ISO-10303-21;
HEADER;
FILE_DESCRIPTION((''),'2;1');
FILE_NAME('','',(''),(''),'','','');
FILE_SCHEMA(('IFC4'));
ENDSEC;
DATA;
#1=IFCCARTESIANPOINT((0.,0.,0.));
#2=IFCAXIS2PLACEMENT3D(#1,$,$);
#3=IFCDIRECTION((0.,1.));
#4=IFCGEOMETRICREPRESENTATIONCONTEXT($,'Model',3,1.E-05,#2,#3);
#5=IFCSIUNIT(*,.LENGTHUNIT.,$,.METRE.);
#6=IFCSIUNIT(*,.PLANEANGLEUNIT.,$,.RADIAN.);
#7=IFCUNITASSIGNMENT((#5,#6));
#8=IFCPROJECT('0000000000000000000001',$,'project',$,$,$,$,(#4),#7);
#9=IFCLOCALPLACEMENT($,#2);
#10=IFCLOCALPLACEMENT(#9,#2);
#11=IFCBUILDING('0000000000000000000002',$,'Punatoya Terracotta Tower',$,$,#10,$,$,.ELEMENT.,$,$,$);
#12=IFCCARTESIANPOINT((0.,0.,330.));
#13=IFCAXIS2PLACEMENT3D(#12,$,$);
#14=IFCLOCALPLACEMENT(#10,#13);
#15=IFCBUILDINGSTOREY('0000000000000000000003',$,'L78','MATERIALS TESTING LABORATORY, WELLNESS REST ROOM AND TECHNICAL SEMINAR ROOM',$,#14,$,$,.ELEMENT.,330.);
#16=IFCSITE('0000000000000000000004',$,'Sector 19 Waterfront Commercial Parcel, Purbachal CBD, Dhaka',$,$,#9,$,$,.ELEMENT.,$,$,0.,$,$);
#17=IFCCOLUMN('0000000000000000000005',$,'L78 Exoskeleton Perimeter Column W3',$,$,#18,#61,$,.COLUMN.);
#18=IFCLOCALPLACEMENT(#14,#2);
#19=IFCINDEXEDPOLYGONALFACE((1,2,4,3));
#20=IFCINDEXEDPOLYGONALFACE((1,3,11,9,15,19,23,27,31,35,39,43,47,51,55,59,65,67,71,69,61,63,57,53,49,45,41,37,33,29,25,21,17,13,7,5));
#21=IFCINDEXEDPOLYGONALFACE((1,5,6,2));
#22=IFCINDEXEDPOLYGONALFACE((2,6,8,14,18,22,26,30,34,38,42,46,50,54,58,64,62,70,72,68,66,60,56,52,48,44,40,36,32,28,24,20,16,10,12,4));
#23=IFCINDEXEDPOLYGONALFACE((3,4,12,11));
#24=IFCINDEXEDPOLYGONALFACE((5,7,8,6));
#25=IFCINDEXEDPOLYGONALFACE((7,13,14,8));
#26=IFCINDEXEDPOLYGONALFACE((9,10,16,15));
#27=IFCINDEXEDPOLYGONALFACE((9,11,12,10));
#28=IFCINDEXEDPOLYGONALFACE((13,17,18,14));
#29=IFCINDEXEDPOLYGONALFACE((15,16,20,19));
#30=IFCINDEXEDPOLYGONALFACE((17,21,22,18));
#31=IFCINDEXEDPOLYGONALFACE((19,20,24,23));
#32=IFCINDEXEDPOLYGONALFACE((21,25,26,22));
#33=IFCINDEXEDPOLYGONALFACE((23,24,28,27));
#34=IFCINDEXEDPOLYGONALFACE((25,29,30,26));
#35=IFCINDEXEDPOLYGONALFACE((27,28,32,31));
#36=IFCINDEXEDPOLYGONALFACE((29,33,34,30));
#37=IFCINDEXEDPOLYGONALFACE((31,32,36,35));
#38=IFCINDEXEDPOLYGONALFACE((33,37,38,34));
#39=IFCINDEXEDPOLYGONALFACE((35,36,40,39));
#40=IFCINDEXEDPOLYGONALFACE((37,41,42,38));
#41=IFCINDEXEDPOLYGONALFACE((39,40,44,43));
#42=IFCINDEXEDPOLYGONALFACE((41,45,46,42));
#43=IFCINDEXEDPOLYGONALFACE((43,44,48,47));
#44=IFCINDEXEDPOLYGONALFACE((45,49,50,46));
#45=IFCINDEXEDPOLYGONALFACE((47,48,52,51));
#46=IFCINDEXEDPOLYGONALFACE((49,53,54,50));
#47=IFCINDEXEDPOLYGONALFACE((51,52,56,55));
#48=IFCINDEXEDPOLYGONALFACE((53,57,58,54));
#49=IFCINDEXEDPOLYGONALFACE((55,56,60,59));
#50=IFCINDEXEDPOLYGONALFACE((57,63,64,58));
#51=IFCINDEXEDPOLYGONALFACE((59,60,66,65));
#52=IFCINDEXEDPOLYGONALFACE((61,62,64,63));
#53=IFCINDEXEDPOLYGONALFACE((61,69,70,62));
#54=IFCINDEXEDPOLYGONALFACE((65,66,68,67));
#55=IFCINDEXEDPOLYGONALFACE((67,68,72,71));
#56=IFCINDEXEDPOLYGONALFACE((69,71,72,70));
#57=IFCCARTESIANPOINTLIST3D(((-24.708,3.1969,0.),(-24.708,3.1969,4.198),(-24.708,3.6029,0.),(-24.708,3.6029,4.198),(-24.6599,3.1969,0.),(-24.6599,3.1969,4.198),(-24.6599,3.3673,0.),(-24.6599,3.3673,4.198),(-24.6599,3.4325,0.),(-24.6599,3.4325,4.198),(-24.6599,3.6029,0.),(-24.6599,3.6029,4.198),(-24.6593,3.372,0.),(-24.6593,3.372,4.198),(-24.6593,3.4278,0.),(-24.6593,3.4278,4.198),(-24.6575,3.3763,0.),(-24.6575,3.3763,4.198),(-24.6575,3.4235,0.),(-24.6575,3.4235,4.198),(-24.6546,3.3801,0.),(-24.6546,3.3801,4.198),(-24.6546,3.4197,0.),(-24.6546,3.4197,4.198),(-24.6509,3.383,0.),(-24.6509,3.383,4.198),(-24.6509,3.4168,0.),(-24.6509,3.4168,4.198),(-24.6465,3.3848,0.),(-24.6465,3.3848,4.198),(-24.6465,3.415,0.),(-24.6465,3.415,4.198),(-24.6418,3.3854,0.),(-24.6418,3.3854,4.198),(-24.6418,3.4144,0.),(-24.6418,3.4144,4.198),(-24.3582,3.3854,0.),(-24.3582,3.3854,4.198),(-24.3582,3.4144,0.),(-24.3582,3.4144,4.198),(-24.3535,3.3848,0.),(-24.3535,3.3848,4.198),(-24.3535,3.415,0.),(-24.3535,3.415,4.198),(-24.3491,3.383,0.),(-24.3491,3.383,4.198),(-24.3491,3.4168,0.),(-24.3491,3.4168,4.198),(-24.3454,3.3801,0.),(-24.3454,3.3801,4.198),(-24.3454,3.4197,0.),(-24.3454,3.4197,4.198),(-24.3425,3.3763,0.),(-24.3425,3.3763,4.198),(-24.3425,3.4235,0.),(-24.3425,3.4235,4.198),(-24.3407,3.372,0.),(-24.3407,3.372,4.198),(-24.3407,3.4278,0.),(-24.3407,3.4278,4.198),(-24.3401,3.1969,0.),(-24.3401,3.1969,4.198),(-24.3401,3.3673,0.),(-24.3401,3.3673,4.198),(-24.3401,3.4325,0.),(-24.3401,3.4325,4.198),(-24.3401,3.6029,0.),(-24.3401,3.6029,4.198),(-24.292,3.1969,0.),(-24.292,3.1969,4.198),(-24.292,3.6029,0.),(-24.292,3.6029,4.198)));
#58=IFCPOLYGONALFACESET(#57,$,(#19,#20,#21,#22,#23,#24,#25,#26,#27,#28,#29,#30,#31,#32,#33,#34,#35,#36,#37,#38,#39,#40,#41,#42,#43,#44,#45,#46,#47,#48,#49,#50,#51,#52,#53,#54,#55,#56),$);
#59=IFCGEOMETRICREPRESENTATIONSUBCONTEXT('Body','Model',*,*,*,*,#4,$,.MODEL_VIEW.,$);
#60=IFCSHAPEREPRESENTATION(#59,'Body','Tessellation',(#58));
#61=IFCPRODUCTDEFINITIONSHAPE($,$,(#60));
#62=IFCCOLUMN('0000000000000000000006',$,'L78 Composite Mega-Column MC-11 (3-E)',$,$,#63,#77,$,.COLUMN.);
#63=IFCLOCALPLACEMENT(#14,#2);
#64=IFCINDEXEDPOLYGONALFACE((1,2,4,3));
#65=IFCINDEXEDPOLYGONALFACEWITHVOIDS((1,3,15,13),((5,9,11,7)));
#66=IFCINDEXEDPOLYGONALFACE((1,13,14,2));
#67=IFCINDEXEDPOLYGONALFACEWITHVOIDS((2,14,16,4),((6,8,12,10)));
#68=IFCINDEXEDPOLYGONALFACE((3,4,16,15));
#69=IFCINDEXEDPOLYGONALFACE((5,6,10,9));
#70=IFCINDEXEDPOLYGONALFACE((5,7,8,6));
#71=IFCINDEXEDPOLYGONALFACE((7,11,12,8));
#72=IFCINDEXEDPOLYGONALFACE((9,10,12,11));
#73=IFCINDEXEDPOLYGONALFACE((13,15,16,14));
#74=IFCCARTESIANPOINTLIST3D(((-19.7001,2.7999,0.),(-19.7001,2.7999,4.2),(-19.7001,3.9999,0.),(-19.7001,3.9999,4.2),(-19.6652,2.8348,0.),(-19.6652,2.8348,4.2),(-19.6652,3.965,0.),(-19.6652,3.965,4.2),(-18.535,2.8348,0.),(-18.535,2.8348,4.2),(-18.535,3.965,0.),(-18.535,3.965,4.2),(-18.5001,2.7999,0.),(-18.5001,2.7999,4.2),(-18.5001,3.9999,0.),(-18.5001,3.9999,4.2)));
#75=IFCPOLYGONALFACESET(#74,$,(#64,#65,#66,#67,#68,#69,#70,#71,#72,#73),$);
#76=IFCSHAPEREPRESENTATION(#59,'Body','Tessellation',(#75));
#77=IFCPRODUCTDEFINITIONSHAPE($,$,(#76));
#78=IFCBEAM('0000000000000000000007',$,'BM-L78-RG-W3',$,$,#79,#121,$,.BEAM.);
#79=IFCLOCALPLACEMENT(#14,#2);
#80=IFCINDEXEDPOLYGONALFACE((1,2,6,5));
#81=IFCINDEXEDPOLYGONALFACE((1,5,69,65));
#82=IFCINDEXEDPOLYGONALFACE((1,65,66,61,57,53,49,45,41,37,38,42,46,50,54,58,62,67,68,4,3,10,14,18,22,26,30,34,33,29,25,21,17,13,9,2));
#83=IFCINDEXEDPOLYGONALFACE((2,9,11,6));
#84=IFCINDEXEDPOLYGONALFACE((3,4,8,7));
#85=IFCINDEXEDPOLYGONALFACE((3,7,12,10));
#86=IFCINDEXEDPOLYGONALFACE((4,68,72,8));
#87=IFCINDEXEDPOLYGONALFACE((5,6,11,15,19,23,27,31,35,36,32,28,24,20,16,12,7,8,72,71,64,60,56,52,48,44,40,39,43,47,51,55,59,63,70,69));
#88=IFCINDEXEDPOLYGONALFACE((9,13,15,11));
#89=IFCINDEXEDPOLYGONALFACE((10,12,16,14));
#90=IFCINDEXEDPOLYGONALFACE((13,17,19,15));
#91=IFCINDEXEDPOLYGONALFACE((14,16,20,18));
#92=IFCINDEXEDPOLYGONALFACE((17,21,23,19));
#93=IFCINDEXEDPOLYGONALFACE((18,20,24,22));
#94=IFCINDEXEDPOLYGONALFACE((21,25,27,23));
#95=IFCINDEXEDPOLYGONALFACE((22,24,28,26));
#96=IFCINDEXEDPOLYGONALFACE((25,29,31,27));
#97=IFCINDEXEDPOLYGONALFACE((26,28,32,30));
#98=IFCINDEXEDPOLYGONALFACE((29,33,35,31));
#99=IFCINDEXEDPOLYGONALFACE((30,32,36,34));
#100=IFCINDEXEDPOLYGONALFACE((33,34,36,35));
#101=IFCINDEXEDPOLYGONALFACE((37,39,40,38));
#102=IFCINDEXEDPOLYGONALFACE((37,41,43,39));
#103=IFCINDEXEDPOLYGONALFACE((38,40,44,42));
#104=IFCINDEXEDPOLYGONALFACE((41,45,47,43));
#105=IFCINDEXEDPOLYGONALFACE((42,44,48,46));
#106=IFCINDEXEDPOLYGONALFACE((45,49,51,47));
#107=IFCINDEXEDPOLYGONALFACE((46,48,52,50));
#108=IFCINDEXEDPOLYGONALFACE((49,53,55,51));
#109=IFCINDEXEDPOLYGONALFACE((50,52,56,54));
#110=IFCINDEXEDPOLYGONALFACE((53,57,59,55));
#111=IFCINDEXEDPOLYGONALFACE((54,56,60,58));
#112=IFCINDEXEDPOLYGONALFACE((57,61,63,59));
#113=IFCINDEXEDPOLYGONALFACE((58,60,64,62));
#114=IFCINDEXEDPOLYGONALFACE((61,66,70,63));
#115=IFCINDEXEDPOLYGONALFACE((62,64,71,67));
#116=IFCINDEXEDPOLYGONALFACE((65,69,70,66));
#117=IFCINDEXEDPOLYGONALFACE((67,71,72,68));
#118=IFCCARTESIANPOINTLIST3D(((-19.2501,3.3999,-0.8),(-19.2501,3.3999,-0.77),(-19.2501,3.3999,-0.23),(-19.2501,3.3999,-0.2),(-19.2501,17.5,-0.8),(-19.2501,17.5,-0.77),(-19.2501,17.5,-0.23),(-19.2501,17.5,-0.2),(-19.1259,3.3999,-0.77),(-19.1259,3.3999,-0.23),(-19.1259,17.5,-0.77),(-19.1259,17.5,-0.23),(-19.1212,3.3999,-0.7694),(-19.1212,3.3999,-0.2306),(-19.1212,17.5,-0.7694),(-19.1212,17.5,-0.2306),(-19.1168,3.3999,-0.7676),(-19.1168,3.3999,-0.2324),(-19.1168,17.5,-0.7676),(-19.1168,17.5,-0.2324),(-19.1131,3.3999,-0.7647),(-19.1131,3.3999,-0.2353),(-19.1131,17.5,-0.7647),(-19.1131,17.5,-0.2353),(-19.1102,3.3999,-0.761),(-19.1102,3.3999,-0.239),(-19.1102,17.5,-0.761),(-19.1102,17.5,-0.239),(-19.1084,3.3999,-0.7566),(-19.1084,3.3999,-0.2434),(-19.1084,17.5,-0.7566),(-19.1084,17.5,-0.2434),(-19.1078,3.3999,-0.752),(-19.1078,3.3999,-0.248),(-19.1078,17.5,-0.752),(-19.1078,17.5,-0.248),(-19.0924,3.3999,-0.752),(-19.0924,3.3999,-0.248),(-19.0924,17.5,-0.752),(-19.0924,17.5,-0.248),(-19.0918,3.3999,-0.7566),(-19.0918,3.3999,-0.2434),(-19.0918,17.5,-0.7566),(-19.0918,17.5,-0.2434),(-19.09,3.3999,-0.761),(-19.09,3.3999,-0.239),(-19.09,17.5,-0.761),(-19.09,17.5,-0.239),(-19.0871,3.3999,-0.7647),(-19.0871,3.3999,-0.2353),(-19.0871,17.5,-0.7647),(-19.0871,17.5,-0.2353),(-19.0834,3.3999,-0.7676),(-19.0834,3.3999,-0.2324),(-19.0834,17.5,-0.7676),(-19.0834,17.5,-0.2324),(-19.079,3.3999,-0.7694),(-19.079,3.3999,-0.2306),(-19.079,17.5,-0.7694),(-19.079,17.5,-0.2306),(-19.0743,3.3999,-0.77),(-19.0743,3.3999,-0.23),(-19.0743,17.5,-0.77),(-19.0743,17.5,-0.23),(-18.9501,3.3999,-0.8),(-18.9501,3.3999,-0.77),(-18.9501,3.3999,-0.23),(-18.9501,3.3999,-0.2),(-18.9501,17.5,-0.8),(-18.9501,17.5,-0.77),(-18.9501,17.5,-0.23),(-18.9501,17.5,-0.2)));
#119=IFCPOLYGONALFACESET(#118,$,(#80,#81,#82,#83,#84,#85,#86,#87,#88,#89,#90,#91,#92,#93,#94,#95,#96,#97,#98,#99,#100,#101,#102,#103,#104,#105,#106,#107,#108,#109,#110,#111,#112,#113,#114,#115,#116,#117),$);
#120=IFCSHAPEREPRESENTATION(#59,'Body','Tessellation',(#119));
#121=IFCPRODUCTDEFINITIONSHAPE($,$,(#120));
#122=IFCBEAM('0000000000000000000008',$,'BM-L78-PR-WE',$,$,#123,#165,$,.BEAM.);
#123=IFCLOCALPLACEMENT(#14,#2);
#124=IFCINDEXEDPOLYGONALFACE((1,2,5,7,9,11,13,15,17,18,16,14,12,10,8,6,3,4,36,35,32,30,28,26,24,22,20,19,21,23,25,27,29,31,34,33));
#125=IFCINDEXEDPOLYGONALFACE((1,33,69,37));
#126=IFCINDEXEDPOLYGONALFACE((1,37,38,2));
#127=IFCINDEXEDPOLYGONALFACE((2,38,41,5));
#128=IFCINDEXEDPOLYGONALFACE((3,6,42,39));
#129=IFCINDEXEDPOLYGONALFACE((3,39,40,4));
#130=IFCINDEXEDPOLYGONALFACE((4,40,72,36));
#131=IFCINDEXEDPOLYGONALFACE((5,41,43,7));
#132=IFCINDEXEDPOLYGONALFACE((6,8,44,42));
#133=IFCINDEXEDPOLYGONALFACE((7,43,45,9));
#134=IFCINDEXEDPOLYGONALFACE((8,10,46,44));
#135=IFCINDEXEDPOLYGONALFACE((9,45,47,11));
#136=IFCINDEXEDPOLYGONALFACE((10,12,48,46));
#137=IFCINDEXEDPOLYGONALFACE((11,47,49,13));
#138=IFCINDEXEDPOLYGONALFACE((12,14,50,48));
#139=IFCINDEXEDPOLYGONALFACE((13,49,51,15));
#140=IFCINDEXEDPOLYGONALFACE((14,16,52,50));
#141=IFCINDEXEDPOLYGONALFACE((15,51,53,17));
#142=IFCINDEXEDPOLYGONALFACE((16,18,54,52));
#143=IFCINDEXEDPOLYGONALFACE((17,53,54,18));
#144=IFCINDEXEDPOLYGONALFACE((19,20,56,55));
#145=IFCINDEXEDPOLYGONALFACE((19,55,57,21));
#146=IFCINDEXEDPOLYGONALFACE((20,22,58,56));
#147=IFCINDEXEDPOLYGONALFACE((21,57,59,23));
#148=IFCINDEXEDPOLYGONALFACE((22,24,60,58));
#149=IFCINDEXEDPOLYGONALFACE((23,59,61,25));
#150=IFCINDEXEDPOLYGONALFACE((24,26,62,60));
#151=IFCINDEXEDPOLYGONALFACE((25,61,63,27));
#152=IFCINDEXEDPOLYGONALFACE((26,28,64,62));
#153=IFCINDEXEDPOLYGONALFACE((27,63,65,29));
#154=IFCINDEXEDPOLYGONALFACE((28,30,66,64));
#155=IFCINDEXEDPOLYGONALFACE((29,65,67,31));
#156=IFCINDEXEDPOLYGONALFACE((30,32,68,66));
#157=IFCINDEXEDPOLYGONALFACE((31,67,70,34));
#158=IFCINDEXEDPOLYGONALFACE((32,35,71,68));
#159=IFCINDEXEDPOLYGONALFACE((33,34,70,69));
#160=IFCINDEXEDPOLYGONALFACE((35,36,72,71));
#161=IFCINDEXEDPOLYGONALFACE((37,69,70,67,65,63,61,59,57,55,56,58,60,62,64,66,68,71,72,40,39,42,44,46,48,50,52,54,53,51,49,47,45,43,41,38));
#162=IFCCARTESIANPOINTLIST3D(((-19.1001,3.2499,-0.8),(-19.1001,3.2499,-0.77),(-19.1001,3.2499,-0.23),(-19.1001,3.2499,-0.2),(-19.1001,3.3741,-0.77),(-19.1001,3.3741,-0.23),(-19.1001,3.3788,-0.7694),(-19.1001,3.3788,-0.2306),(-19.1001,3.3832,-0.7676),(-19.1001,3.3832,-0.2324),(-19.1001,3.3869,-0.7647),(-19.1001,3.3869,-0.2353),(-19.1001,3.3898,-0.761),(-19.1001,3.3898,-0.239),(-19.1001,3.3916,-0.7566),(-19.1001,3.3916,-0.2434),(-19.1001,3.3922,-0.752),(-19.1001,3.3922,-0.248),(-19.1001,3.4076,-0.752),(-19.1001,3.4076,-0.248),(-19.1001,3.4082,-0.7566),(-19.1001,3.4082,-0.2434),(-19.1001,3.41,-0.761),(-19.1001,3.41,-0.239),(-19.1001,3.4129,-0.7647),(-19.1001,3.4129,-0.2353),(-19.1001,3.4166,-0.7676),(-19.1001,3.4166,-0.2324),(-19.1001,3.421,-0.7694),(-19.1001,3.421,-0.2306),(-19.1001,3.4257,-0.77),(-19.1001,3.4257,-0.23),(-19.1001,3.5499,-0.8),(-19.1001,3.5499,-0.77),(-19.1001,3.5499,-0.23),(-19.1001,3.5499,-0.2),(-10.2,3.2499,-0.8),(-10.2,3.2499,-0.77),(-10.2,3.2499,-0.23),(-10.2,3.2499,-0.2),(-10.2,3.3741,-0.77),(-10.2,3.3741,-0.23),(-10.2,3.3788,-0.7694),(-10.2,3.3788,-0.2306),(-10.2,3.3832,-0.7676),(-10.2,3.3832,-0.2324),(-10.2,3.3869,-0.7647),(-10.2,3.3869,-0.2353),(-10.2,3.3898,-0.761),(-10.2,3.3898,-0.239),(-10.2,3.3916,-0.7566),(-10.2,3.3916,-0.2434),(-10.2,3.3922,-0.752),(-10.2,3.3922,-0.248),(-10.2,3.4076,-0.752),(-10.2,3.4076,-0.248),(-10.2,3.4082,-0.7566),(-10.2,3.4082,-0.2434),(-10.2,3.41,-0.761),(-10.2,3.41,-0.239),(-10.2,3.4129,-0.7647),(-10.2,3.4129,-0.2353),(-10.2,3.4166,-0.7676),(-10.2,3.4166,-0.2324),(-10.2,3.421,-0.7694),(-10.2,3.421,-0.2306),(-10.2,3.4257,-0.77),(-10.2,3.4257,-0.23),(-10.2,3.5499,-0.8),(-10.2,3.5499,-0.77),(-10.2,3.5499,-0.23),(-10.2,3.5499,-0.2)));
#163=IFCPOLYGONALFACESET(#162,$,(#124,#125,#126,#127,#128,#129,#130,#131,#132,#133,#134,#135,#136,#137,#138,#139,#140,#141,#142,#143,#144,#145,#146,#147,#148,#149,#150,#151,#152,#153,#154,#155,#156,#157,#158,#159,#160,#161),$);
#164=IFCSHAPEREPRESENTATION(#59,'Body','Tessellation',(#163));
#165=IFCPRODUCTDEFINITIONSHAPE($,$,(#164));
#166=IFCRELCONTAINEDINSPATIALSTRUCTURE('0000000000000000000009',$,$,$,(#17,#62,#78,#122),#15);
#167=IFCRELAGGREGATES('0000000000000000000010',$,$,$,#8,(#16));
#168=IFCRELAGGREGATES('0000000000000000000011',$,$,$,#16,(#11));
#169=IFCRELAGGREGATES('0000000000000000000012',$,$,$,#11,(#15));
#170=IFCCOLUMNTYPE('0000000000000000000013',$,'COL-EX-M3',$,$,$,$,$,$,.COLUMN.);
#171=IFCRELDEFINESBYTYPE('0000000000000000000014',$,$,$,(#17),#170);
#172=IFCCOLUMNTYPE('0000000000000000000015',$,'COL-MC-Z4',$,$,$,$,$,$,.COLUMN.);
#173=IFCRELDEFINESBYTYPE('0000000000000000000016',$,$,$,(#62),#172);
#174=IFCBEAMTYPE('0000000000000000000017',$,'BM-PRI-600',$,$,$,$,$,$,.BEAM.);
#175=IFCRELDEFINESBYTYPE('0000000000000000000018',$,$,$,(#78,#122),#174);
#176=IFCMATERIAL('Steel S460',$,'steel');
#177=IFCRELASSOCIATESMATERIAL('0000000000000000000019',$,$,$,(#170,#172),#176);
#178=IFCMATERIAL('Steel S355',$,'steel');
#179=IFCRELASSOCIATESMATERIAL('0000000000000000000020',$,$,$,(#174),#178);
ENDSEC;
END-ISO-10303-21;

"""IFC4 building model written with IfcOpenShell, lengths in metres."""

from ifc_helpers import new_model, si_unit, direction, frame, origin, origin_2d, place, context, subcontext, project, spatial, hollow_rectangle, i_section, extrude, material, material_profile, profile_set, type_object, element, save


model = new_model("IFC4")

# Units and contexts
model_context = context("Model", 3, precision=1e-05, world=origin(), true_north=direction((0.0, 1.0)))
body_context = subcontext(model_context, "Body", "Model", "MODEL_VIEW")
ifc_project = project(units=[si_unit("LENGTHUNIT", "METRE"), si_unit("PLANEANGLEUNIT", "RADIAN")], contexts=[model_context])

# Site, building, storey
site_placement = place(None, origin())
site = spatial("IfcSite", under=ifc_project, at=site_placement, Name="Sector 19 Waterfront Commercial Parcel, Purbachal CBD, Dhaka", CompositionType="ELEMENT", RefElevation=0.0)
building_placement = place(site_placement, origin())
building = spatial("IfcBuilding", under=site, at=building_placement, Name="Punatoya Terracotta Tower", CompositionType="ELEMENT")
storey_placement = place(building_placement, frame((0.0, 0.0, 330.0)))
storey = spatial("IfcBuildingStorey", under=building, at=storey_placement, Name="L78", Description="MATERIALS TESTING LABORATORY, WELLNESS REST ROOM AND TECHNICAL SEMINAR ROOM", CompositionType="ELEMENT", Elevation=330.0)

# Columns
ifc_material_1 = material(Name="Steel S460", Category="steel")
ifc_material_profile_1 = material_profile(ifc_material_1, i_section(OverallWidth=0.406, OverallDepth=0.416, WebThickness=0.0291, FlangeThickness=0.0481, FilletRadius=0.0181, at=origin_2d()))
ifc_profile_set_1 = profile_set([ifc_material_profile_1], Name="Steel S460")
column_type_1 = type_object("IfcColumnType", Name="COL-EX-M3", PredefinedType="COLUMN", material=ifc_profile_set_1)
column_1_placement = place(storey_placement, frame((-24.5, 3.3999, 0.0), z_axis=(0.0, 0.0, 1.0), x_axis=(0.0, 1.0, 0.0)))
element("IfcColumn", 1, at=column_1_placement, inside=storey, type_object=column_type_1, Name="L78 Exoskeleton Perimeter Column W3", PredefinedType="COLUMN", context=body_context, shape_type="SweptSolid", body=[
    extrude(i_section(OverallWidth=0.406, OverallDepth=0.416, WebThickness=0.0291, FlangeThickness=0.0481, FilletRadius=0.0181, at=origin_2d()), origin(), (0.0, 0.0, 1.0), 4.198),
])
ifc_material_profile_2 = material_profile(ifc_material_1, hollow_rectangle(XDim=1.2, YDim=1.2, WallThickness=0.0349, at=origin_2d()))
ifc_profile_set_2 = profile_set([ifc_material_profile_2], Name="Steel S460")
column_type_2 = type_object("IfcColumnType", Name="COL-MC-Z4", PredefinedType="COLUMN", material=ifc_profile_set_2)
column_2_placement = place(storey_placement, frame((-19.1001, 3.3999, 0.0), z_axis=(0.0, 0.0, 1.0), x_axis=(1.0, 0.0, 0.0)))
element("IfcColumn", 2, at=column_2_placement, inside=storey, type_object=column_type_2, Name="L78 Composite Mega-Column MC-11 (3-E)", PredefinedType="COLUMN", context=body_context, shape_type="SweptSolid", body=[
    extrude(hollow_rectangle(XDim=1.2, YDim=1.2, WallThickness=0.0349, at=origin_2d()), origin(), (0.0, 0.0, 1.0), 4.2),
])

# Beams
ifc_material_2 = material(Name="Steel S355", Category="steel")
ifc_material_profile_3 = material_profile(ifc_material_2, i_section(OverallWidth=0.3, OverallDepth=0.6001, WebThickness=0.0154, FlangeThickness=0.03, FilletRadius=0.0181, at=origin_2d()))
ifc_profile_set_3 = profile_set([ifc_material_profile_3], Name="Steel S355")
beam_type_1 = type_object("IfcBeamType", Name="BM-PRI-600", PredefinedType="BEAM", material=ifc_profile_set_3)
beam_1_placement = place(storey_placement, frame((-19.1001, 3.3999, -0.5), z_axis=(0.0, 1.0, 0.0), x_axis=(-1.0, 0.0, 0.0)))
element("IfcBeam", 3, at=beam_1_placement, inside=storey, type_object=beam_type_1, Name="BM-L78-RG-W3", PredefinedType="BEAM", context=body_context, shape_type="SweptSolid", body=[
    extrude(i_section(OverallWidth=0.3, OverallDepth=0.6001, WebThickness=0.0154, FlangeThickness=0.03, FilletRadius=0.0181, at=origin_2d()), origin(), (0.0, 0.0, 1.0), 14.1001),
])
for number, where, z_axis, x_axis, name in (
    (4, (-19.1001, 3.3999, -0.5), (1.0, 0.0, 0.0), (0.0, 1.0, 0.0), "BM-L78-PR-WE"),
):
    element("IfcBeam", number, at=place(storey_placement, frame(where, z_axis=z_axis, x_axis=x_axis)), inside=storey, type_object=beam_type_1, Name=name, PredefinedType="BEAM", context=body_context, shape_type="SweptSolid", body=[
        extrude(i_section(OverallWidth=0.3, OverallDepth=0.6001, WebThickness=0.0154, FlangeThickness=0.03, FilletRadius=0.0181, at=origin_2d()), origin(), (0.0, 0.0, 1.0), 8.9001),
    ])

save(model, "model.ifc")
